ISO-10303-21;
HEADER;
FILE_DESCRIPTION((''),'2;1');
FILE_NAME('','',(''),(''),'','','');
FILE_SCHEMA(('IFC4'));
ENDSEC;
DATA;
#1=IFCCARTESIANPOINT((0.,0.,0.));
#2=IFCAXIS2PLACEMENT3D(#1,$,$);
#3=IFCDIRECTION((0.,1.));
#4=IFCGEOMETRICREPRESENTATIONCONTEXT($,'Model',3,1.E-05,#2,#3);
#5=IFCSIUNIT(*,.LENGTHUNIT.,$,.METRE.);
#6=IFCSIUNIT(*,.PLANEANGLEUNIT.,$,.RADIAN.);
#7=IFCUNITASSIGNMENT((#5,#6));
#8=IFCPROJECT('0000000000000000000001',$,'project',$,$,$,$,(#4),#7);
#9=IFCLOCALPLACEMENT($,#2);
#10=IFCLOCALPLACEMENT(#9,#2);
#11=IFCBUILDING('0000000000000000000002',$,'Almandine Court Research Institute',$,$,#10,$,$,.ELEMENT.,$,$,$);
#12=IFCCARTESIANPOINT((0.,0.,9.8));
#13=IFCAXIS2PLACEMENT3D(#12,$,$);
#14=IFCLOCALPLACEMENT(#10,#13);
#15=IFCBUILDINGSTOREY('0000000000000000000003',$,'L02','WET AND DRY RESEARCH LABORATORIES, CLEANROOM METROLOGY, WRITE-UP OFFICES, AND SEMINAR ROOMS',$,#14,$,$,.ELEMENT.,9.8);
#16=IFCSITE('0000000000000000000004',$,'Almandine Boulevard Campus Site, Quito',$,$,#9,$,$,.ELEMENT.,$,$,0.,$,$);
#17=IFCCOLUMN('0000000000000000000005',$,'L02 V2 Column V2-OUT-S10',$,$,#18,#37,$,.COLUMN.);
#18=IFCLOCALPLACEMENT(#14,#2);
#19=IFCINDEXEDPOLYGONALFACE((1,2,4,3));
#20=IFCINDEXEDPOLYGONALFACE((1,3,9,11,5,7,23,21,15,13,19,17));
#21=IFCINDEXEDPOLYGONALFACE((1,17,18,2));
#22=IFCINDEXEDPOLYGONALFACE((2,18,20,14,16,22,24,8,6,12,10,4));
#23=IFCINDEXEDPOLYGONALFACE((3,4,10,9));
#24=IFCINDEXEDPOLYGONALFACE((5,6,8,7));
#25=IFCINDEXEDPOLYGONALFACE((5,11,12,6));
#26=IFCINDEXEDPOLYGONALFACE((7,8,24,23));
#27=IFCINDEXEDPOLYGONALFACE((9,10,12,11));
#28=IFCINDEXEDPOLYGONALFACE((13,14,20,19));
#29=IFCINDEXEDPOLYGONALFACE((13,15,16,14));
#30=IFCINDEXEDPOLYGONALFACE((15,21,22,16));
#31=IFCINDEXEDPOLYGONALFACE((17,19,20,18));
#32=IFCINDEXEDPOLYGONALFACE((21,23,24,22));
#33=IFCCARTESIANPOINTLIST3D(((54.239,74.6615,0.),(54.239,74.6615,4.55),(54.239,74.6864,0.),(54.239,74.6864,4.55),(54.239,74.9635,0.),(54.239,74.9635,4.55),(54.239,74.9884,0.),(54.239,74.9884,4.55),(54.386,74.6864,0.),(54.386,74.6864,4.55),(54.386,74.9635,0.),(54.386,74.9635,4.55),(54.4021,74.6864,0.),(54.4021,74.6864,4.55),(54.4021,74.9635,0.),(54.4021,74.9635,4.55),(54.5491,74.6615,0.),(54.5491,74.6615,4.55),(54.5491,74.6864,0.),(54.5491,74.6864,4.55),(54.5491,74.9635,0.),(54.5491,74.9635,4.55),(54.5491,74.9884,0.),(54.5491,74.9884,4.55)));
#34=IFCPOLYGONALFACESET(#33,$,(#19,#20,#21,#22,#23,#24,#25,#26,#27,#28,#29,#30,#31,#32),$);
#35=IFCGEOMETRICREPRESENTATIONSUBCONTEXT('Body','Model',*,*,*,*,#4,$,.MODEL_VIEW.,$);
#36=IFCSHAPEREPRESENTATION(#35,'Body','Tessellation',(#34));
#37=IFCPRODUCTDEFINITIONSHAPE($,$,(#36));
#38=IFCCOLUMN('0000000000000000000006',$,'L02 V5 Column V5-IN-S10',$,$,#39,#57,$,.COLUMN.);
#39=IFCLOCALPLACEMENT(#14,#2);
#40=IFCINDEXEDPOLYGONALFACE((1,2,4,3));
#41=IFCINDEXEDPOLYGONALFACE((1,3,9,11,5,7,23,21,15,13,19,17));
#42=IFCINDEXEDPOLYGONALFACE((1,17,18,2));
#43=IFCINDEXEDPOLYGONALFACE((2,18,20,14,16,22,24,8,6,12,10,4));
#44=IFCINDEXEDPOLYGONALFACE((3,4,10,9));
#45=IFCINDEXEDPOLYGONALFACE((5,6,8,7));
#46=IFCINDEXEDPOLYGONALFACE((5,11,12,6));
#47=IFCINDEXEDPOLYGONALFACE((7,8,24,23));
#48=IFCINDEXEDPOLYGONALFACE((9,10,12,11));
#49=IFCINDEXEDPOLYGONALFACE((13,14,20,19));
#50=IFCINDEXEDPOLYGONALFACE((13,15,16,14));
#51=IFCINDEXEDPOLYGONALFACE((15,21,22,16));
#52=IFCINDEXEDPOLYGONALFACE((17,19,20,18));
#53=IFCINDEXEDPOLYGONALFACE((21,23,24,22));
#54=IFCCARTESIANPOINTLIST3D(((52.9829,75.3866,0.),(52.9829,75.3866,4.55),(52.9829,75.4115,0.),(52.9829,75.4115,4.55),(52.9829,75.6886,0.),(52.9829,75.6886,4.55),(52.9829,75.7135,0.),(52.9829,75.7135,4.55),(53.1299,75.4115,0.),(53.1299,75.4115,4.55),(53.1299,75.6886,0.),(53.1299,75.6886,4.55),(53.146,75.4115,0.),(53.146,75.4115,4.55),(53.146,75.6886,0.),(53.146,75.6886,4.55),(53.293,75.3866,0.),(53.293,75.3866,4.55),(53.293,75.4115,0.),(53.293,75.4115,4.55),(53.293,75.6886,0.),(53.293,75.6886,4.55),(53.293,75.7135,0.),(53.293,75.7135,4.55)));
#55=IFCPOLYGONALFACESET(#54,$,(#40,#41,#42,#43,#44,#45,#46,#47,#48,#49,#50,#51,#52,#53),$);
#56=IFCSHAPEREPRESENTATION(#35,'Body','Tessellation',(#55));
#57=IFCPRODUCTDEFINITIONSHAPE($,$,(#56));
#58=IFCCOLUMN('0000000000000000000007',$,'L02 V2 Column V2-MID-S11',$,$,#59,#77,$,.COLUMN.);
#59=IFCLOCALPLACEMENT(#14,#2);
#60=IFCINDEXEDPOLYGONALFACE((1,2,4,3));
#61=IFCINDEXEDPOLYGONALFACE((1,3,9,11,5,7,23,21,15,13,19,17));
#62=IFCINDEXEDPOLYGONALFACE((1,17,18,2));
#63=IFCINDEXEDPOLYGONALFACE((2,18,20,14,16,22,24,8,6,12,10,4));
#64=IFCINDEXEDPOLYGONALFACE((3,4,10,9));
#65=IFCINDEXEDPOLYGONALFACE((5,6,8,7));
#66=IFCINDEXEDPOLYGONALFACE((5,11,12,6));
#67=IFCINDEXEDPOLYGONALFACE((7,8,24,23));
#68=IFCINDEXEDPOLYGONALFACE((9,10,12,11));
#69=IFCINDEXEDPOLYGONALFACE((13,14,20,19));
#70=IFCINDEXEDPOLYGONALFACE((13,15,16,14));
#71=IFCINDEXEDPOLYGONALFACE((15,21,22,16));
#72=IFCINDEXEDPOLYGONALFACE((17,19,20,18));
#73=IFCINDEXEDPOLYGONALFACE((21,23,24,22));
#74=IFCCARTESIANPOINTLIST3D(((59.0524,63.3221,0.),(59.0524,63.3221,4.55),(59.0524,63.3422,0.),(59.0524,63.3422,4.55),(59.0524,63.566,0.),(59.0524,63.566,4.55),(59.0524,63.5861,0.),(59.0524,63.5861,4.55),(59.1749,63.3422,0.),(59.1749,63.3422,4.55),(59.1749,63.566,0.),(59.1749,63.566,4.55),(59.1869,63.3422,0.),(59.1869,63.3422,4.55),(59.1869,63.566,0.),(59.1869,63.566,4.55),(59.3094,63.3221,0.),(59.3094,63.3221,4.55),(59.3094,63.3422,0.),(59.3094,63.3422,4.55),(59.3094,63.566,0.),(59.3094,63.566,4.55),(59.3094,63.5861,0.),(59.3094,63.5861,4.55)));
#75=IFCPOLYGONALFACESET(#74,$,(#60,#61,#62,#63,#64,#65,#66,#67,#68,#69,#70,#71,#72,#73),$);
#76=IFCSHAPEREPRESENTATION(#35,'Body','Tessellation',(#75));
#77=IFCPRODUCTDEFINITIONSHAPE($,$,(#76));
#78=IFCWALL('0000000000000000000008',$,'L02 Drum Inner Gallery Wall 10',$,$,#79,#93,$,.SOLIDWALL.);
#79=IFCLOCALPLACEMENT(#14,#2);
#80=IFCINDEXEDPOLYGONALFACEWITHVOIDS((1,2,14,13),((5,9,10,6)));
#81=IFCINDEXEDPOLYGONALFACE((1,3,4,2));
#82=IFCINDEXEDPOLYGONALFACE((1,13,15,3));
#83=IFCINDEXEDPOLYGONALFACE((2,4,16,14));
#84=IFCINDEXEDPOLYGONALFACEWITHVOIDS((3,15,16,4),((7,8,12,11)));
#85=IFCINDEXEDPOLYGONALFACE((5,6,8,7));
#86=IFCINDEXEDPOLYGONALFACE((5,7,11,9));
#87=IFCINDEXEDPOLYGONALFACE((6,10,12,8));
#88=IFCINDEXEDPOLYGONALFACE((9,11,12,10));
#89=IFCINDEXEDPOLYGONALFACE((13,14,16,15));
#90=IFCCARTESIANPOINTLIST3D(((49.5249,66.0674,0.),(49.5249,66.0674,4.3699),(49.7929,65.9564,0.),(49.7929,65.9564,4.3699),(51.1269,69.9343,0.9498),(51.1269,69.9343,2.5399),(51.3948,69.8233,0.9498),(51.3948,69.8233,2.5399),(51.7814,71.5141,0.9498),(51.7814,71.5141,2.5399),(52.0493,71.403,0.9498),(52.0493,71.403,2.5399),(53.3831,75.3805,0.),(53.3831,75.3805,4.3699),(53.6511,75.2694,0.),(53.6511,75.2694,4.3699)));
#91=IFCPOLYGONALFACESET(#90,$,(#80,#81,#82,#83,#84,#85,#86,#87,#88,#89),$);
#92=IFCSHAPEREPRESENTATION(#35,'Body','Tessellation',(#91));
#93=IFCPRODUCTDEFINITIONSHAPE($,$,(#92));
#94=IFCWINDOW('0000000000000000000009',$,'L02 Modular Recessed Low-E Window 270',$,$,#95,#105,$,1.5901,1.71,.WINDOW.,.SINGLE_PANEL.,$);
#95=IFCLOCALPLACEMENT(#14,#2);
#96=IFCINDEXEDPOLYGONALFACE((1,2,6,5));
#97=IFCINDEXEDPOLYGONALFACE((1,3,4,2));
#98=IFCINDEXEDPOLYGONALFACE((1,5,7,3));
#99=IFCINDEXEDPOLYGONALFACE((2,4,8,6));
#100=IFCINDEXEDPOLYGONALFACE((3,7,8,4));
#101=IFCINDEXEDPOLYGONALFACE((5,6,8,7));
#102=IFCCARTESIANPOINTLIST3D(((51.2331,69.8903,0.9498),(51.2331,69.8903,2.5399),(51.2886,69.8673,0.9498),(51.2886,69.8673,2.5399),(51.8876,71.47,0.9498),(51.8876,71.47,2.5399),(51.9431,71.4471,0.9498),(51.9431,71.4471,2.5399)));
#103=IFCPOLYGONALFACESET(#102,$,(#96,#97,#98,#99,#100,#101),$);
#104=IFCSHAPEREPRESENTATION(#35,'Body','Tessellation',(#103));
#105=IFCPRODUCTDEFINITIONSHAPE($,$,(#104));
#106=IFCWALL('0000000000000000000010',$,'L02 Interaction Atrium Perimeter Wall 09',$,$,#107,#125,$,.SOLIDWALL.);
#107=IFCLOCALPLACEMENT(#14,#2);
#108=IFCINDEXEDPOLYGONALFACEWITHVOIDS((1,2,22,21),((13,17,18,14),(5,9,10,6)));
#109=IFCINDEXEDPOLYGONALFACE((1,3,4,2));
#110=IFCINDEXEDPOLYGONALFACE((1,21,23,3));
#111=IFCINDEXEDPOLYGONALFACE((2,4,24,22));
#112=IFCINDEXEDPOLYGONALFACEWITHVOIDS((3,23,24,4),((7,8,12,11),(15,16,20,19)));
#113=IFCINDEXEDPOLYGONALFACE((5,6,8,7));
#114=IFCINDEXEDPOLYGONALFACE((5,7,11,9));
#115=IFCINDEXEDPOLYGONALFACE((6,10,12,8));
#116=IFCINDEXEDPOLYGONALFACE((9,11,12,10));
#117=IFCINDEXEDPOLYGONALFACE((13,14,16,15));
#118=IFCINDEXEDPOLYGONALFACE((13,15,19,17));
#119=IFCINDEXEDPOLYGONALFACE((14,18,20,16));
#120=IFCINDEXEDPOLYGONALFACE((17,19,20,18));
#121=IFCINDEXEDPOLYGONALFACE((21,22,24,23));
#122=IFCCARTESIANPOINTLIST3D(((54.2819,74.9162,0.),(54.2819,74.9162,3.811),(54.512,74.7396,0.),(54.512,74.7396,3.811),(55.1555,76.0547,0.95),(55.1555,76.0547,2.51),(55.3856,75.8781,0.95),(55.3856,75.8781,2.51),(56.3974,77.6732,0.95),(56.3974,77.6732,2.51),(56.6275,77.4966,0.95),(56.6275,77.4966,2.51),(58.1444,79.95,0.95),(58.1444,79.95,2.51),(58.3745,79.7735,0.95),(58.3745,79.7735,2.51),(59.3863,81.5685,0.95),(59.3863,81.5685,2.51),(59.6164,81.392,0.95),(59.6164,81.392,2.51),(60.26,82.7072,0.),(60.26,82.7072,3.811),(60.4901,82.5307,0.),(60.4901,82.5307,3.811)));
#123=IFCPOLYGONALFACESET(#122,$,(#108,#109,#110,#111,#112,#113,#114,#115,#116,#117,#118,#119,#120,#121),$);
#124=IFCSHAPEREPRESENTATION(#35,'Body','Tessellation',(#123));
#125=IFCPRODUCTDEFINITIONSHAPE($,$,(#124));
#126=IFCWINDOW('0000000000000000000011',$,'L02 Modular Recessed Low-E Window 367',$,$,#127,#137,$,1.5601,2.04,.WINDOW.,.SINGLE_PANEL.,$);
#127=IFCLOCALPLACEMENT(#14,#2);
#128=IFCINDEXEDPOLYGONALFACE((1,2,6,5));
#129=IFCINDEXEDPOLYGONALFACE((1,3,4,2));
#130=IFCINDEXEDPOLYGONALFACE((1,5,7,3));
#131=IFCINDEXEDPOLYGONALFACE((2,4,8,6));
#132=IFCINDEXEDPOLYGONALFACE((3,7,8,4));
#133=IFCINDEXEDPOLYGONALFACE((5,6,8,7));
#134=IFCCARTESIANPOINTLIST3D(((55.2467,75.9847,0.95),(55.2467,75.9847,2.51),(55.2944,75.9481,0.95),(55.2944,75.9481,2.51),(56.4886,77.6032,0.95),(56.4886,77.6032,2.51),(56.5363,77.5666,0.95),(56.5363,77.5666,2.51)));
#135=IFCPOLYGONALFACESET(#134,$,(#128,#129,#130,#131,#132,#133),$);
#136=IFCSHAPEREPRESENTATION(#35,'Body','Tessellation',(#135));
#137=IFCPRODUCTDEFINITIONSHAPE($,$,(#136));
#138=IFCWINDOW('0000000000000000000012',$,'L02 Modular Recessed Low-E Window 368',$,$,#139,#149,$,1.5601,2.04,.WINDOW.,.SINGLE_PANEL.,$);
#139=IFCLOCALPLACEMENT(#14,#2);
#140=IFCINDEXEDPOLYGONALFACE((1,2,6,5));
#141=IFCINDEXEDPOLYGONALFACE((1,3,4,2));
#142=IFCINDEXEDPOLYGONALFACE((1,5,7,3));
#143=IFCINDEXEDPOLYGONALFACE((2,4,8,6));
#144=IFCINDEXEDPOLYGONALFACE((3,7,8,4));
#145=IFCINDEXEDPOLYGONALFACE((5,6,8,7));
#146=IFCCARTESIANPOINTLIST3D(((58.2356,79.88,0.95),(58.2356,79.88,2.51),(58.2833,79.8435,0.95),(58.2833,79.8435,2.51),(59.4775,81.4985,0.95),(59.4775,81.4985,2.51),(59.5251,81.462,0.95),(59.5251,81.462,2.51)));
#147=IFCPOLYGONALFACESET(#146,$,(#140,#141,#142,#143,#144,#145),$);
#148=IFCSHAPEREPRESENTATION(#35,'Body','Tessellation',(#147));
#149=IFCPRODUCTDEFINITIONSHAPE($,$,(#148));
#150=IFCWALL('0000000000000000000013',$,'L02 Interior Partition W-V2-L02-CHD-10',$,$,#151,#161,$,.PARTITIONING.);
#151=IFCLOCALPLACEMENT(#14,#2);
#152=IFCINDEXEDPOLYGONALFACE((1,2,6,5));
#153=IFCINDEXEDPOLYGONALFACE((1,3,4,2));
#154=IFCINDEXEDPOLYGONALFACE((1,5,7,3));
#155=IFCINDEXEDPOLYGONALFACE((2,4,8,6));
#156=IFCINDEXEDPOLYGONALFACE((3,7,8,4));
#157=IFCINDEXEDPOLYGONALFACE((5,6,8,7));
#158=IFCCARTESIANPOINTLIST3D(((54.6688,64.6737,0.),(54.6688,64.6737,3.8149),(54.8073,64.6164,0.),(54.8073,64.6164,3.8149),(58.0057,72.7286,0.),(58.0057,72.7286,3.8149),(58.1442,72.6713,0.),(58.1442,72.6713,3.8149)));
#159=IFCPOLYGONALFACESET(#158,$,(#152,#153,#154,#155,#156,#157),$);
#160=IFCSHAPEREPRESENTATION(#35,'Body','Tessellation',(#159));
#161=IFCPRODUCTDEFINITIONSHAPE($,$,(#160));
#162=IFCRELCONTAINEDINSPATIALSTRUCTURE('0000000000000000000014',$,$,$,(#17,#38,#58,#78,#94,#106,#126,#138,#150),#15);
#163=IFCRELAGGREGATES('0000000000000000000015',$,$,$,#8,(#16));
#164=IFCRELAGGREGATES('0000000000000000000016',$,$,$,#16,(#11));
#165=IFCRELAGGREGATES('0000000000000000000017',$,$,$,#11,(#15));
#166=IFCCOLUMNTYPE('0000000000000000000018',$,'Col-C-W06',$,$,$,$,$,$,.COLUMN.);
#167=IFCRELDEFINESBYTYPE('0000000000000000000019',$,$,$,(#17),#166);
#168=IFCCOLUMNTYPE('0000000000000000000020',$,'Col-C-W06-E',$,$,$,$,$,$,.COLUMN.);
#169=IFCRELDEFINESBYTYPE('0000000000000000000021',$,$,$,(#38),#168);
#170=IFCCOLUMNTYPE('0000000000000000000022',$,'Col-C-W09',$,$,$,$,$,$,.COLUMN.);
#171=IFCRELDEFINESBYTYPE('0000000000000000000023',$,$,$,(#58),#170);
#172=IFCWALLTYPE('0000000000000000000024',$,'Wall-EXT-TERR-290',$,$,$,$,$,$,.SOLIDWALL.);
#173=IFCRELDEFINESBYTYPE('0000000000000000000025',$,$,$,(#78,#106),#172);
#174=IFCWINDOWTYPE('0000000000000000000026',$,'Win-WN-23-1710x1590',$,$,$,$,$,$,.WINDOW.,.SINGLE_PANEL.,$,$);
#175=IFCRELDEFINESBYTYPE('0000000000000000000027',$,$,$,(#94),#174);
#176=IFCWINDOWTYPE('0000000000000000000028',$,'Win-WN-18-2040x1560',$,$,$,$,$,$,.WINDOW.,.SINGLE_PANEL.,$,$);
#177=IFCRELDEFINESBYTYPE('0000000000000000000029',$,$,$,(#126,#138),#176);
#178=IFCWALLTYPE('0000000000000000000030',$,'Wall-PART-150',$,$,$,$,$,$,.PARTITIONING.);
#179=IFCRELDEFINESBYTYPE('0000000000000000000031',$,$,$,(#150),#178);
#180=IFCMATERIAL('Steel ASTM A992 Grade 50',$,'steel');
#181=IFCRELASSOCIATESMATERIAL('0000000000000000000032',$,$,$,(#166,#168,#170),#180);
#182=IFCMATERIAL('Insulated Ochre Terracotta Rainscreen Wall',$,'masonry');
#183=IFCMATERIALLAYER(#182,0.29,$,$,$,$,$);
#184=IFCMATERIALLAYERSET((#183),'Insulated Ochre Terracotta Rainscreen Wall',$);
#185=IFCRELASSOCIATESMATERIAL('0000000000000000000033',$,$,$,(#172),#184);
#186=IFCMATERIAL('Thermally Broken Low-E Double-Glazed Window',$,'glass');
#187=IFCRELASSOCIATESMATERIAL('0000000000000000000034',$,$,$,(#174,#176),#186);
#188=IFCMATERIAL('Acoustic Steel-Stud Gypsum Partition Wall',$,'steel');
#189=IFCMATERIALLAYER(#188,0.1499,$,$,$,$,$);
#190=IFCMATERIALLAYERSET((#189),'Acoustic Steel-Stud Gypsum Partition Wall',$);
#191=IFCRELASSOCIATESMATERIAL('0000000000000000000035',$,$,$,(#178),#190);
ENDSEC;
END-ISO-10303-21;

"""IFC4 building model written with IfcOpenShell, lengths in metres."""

from ifc_helpers import new_model, si_unit, direction, frame, frame_2d, origin, origin_2d, place, context, subcontext, project, spatial, rectangle, i_section, extrude, material, layer, layer_set, material_profile, profile_set, type_object, element, fill, save


model = new_model("IFC4")

# Units and contexts
model_context = context("Model", 3, precision=1e-05, world=origin(), true_north=direction((0.0, 1.0)))
body_context = subcontext(model_context, "Body", "Model", "MODEL_VIEW")
ifc_project = project(units=[si_unit("LENGTHUNIT", "METRE"), si_unit("PLANEANGLEUNIT", "RADIAN")], contexts=[model_context])

# Site, building, storey
site_placement = place(None, origin())
site = spatial("IfcSite", under=ifc_project, at=site_placement, Name="Almandine Boulevard Campus Site, Quito", CompositionType="ELEMENT", RefElevation=0.0)
building_placement = place(site_placement, origin())
building = spatial("IfcBuilding", under=site, at=building_placement, Name="Almandine Court Research Institute", CompositionType="ELEMENT")
storey_placement = place(building_placement, frame((0.0, 0.0, 9.8)))
storey = spatial("IfcBuildingStorey", under=building, at=storey_placement, Name="L02", Description="WET AND DRY RESEARCH LABORATORIES, CLEANROOM METROLOGY, WRITE-UP OFFICES, AND SEMINAR ROOMS", CompositionType="ELEMENT", Elevation=9.8)

# Columns
ifc_material_1 = material(Name="Steel ASTM A992 Grade 50", Category="steel")
ifc_material_profile_1 = material_profile(ifc_material_1, i_section(OverallWidth=0.3101, OverallDepth=0.3269, WebThickness=0.0161, FlangeThickness=0.0249, at=origin_2d()), Name="W310x158")
ifc_profile_set_1 = profile_set([ifc_material_profile_1], Name="Steel ASTM A992 Grade 50")
column_type_1 = type_object("IfcColumnType", Name="Col-C-W06", PredefinedType="COLUMN", material=ifc_profile_set_1)
column_1_placement = place(storey_placement, frame((54.394, 74.825, 0.0), z_axis=(0.0, 0.0, 1.0), x_axis=(1.0, 0.0, 0.0)))
element("IfcColumn", 1, at=column_1_placement, inside=storey, type_object=column_type_1, Name="L02 V2 Column V2-OUT-S10", PredefinedType="COLUMN", context=body_context, shape_type="SweptSolid", body=[
    extrude(i_section(OverallWidth=0.3101, OverallDepth=0.3269, WebThickness=0.0161, FlangeThickness=0.0249, at=origin_2d()), origin(), (0.0, 0.0, 1.0), 4.55),
])
ifc_material_profile_2 = material_profile(ifc_material_1, i_section(OverallWidth=0.3101, OverallDepth=0.3269, WebThickness=0.0161, FlangeThickness=0.0249, at=origin_2d()), Name="W310x158")
ifc_profile_set_2 = profile_set([ifc_material_profile_2], Name="Steel ASTM A992 Grade 50")
column_type_2 = type_object("IfcColumnType", Name="Col-C-W06-E", PredefinedType="COLUMN", material=ifc_profile_set_2)
column_2_placement = place(storey_placement, frame((53.1379, 75.55, 0.0), z_axis=(0.0, 0.0, 1.0), x_axis=(1.0, 0.0, 0.0)))
element("IfcColumn", 2, at=column_2_placement, inside=storey, type_object=column_type_2, Name="L02 V5 Column V5-IN-S10", PredefinedType="COLUMN", context=body_context, shape_type="SweptSolid", body=[
    extrude(i_section(OverallWidth=0.3101, OverallDepth=0.3269, WebThickness=0.0161, FlangeThickness=0.0249, at=origin_2d()), origin(), (0.0, 0.0, 1.0), 4.55),
])
ifc_material_profile_3 = material_profile(ifc_material_1, i_section(OverallWidth=0.2571, OverallDepth=0.2639, WebThickness=0.012, FlangeThickness=0.02, at=origin_2d()), Name="W250x101")
ifc_profile_set_3 = profile_set([ifc_material_profile_3], Name="Steel ASTM A992 Grade 50")
column_type_3 = type_object("IfcColumnType", Name="Col-C-W09", PredefinedType="COLUMN", material=ifc_profile_set_3)
column_3_placement = place(storey_placement, frame((59.1809, 63.4541, 0.0), z_axis=(0.0, 0.0, 1.0), x_axis=(1.0, 0.0, 0.0)))
element("IfcColumn", 3, at=column_3_placement, inside=storey, type_object=column_type_3, Name="L02 V2 Column V2-MID-S11", PredefinedType="COLUMN", context=body_context, shape_type="SweptSolid", body=[
    extrude(i_section(OverallWidth=0.2571, OverallDepth=0.2639, WebThickness=0.012, FlangeThickness=0.02, at=origin_2d()), origin(), (0.0, 0.0, 1.0), 4.55),
])

# Wall, opening, window
ifc_material_2 = material(Name="Insulated Ochre Terracotta Rainscreen Wall", Category="masonry")
ifc_layer_1 = layer(ifc_material_2, 0.29)
ifc_layer_set_1 = layer_set([ifc_layer_1], Name="Insulated Ochre Terracotta Rainscreen Wall")
wall_type_1 = type_object("IfcWallType", Name="Wall-EXT-TERR-290", PredefinedType="SOLIDWALL", material=ifc_layer_set_1)
wall_1_placement = place(storey_placement, frame((53.5171, 75.325, 0.0), z_axis=(0.0, 0.0, 1.0), x_axis=(-0.382733, -0.923859, 0.0)))
wall_1 = element("IfcWall", 4, at=wall_1_placement, inside=storey, type_object=wall_type_1, Name="L02 Drum Inner Gallery Wall 10", PredefinedType="SOLIDWALL", context=body_context, shape_type="SweptSolid", body=[
    extrude(rectangle(XDim=10.0806, YDim=0.29, at=frame_2d((5.0403, 0.0))), origin(), (0.0, 0.0, 1.0), 4.3699),
])
opening_1_placement = place(wall_1_placement, frame((4.1851, 0.0, 0.95)))
opening_1 = element("IfcOpeningElement", 5, at=opening_1_placement, cuts=wall_1, PredefinedType="OPENING", context=body_context, shape_type="SweptSolid", body=[
    extrude(rectangle(XDim=1.71, YDim=1.5901, at=frame_2d((0.855, 0.7949))), frame((0.0, 0.155, 0.0), z_axis=(0.0, -1.0, 0.0), x_axis=(1.0, 0.0, 0.0)), (0.0, 0.0, 1.0), 0.3101),
])
ifc_material_3 = material(Name="Thermally Broken Low-E Double-Glazed Window", Category="glass")
window_type_1 = type_object("IfcWindowType", Name="Win-WN-23-1710x1590", PartitioningType="SINGLE_PANEL", PredefinedType="WINDOW", material=ifc_material_3)
window_1_placement = place(opening_1_placement, origin())
window_1 = element("IfcWindow", 6, at=window_1_placement, inside=storey, type_object=window_type_1, Name="L02 Modular Recessed Low-E Window 270", OverallHeight=1.5901, OverallWidth=1.71, PartitioningType="SINGLE_PANEL", PredefinedType="WINDOW", context=body_context, shape_type="SweptSolid", body=[
    extrude(rectangle(XDim=1.71, YDim=1.5901, at=frame_2d((0.855, 0.7949))), frame((0.0, 0.03, 0.0), z_axis=(0.0, -1.0, 0.0), x_axis=(1.0, 0.0, 0.0)), (0.0, 0.0, 1.0), 0.0601),
])
fill(opening_1, window_1)

# Wall, openings, windows
wall_2_placement = place(storey_placement, frame((54.397, 74.8279, 0.0), z_axis=(0.0, 0.0, 1.0), x_axis=(0.608747, 0.793365, 0.0)))
wall_2 = element("IfcWall", 7, at=wall_2_placement, inside=storey, type_object=wall_type_1, Name="L02 Interaction Atrium Perimeter Wall 09", PredefinedType="SOLIDWALL", context=body_context, shape_type="SweptSolid", body=[
    extrude(rectangle(XDim=9.8203, YDim=0.29, at=frame_2d((4.9102, 0.0))), origin(), (0.0, 0.0, 1.0), 3.811),
])
opening_2_placement = place(wall_2_placement, frame((1.4351, 0.0, 0.95)))
opening_2 = element("IfcOpeningElement", 8, at=opening_2_placement, cuts=wall_2, PredefinedType="OPENING", context=body_context, shape_type="SweptSolid", body=[
    extrude(rectangle(XDim=2.04, YDim=1.5601, at=frame_2d((1.02, 0.78))), frame((0.0, 0.155, 0.0), z_axis=(0.0, -1.0, 0.0), x_axis=(1.0, 0.0, 0.0)), (0.0, 0.0, 1.0), 0.3101),
])
opening_3_placement = place(wall_2_placement, frame((6.345, 0.0, 0.95)))
opening_3 = element("IfcOpeningElement", 9, at=opening_3_placement, cuts=wall_2, PredefinedType="OPENING", context=body_context, shape_type="SweptSolid", body=[
    extrude(rectangle(XDim=2.04, YDim=1.5601, at=frame_2d((1.02, 0.78))), frame((0.0, 0.155, 0.0), z_axis=(0.0, -1.0, 0.0), x_axis=(1.0, 0.0, 0.0)), (0.0, 0.0, 1.0), 0.3101),
])
window_type_2 = type_object("IfcWindowType", Name="Win-WN-18-2040x1560", PartitioningType="SINGLE_PANEL", PredefinedType="WINDOW", material=ifc_material_3)
window_2_placement = place(opening_2_placement, origin())
window_2 = element("IfcWindow", 10, at=window_2_placement, inside=storey, type_object=window_type_2, Name="L02 Modular Recessed Low-E Window 367", OverallHeight=1.5601, OverallWidth=2.04, PartitioningType="SINGLE_PANEL", PredefinedType="WINDOW", context=body_context, shape_type="SweptSolid", body=[
    extrude(rectangle(XDim=2.04, YDim=1.5601, at=frame_2d((1.02, 0.78))), frame((0.0, 0.03, 0.0), z_axis=(0.0, -1.0, 0.0), x_axis=(1.0, 0.0, 0.0)), (0.0, 0.0, 1.0), 0.0601),
])
fill(opening_2, window_2)
window_3_placement = place(opening_3_placement, origin())
window_3 = element("IfcWindow", 11, at=window_3_placement, inside=storey, type_object=window_type_2, Name="L02 Modular Recessed Low-E Window 368", OverallHeight=1.5601, OverallWidth=2.04, PartitioningType="SINGLE_PANEL", PredefinedType="WINDOW", context=body_context, shape_type="SweptSolid", body=[
    extrude(rectangle(XDim=2.04, YDim=1.5601, at=frame_2d((1.02, 0.78))), frame((0.0, 0.03, 0.0), z_axis=(0.0, -1.0, 0.0), x_axis=(1.0, 0.0, 0.0)), (0.0, 0.0, 1.0), 0.0601),
])
fill(opening_3, window_3)

# Wall
ifc_material_4 = material(Name="Acoustic Steel-Stud Gypsum Partition Wall", Category="steel")
ifc_layer_2 = layer(ifc_material_4, 0.1499)
ifc_layer_set_2 = layer_set([ifc_layer_2], Name="Acoustic Steel-Stud Gypsum Partition Wall")
wall_type_2 = type_object("IfcWallType", Name="Wall-PART-150", PredefinedType="PARTITIONING", material=ifc_layer_set_2)
wall_3_placement = place(storey_placement, frame((58.075, 72.7, 0.0), z_axis=(0.0, 0.0, 1.0), x_axis=(-0.382728, -0.923861, 0.0)))
element("IfcWall", 12, at=wall_3_placement, inside=storey, type_object=wall_type_2, Name="L02 Interior Partition W-V2-L02-CHD-10", PredefinedType="PARTITIONING", context=body_context, shape_type="SweptSolid", body=[
    extrude(rectangle(XDim=8.7188, YDim=0.1499, at=frame_2d((4.3594, 0.0))), origin(), (0.0, 0.0, 1.0), 3.8149),
])

save(model, "model.ifc")
